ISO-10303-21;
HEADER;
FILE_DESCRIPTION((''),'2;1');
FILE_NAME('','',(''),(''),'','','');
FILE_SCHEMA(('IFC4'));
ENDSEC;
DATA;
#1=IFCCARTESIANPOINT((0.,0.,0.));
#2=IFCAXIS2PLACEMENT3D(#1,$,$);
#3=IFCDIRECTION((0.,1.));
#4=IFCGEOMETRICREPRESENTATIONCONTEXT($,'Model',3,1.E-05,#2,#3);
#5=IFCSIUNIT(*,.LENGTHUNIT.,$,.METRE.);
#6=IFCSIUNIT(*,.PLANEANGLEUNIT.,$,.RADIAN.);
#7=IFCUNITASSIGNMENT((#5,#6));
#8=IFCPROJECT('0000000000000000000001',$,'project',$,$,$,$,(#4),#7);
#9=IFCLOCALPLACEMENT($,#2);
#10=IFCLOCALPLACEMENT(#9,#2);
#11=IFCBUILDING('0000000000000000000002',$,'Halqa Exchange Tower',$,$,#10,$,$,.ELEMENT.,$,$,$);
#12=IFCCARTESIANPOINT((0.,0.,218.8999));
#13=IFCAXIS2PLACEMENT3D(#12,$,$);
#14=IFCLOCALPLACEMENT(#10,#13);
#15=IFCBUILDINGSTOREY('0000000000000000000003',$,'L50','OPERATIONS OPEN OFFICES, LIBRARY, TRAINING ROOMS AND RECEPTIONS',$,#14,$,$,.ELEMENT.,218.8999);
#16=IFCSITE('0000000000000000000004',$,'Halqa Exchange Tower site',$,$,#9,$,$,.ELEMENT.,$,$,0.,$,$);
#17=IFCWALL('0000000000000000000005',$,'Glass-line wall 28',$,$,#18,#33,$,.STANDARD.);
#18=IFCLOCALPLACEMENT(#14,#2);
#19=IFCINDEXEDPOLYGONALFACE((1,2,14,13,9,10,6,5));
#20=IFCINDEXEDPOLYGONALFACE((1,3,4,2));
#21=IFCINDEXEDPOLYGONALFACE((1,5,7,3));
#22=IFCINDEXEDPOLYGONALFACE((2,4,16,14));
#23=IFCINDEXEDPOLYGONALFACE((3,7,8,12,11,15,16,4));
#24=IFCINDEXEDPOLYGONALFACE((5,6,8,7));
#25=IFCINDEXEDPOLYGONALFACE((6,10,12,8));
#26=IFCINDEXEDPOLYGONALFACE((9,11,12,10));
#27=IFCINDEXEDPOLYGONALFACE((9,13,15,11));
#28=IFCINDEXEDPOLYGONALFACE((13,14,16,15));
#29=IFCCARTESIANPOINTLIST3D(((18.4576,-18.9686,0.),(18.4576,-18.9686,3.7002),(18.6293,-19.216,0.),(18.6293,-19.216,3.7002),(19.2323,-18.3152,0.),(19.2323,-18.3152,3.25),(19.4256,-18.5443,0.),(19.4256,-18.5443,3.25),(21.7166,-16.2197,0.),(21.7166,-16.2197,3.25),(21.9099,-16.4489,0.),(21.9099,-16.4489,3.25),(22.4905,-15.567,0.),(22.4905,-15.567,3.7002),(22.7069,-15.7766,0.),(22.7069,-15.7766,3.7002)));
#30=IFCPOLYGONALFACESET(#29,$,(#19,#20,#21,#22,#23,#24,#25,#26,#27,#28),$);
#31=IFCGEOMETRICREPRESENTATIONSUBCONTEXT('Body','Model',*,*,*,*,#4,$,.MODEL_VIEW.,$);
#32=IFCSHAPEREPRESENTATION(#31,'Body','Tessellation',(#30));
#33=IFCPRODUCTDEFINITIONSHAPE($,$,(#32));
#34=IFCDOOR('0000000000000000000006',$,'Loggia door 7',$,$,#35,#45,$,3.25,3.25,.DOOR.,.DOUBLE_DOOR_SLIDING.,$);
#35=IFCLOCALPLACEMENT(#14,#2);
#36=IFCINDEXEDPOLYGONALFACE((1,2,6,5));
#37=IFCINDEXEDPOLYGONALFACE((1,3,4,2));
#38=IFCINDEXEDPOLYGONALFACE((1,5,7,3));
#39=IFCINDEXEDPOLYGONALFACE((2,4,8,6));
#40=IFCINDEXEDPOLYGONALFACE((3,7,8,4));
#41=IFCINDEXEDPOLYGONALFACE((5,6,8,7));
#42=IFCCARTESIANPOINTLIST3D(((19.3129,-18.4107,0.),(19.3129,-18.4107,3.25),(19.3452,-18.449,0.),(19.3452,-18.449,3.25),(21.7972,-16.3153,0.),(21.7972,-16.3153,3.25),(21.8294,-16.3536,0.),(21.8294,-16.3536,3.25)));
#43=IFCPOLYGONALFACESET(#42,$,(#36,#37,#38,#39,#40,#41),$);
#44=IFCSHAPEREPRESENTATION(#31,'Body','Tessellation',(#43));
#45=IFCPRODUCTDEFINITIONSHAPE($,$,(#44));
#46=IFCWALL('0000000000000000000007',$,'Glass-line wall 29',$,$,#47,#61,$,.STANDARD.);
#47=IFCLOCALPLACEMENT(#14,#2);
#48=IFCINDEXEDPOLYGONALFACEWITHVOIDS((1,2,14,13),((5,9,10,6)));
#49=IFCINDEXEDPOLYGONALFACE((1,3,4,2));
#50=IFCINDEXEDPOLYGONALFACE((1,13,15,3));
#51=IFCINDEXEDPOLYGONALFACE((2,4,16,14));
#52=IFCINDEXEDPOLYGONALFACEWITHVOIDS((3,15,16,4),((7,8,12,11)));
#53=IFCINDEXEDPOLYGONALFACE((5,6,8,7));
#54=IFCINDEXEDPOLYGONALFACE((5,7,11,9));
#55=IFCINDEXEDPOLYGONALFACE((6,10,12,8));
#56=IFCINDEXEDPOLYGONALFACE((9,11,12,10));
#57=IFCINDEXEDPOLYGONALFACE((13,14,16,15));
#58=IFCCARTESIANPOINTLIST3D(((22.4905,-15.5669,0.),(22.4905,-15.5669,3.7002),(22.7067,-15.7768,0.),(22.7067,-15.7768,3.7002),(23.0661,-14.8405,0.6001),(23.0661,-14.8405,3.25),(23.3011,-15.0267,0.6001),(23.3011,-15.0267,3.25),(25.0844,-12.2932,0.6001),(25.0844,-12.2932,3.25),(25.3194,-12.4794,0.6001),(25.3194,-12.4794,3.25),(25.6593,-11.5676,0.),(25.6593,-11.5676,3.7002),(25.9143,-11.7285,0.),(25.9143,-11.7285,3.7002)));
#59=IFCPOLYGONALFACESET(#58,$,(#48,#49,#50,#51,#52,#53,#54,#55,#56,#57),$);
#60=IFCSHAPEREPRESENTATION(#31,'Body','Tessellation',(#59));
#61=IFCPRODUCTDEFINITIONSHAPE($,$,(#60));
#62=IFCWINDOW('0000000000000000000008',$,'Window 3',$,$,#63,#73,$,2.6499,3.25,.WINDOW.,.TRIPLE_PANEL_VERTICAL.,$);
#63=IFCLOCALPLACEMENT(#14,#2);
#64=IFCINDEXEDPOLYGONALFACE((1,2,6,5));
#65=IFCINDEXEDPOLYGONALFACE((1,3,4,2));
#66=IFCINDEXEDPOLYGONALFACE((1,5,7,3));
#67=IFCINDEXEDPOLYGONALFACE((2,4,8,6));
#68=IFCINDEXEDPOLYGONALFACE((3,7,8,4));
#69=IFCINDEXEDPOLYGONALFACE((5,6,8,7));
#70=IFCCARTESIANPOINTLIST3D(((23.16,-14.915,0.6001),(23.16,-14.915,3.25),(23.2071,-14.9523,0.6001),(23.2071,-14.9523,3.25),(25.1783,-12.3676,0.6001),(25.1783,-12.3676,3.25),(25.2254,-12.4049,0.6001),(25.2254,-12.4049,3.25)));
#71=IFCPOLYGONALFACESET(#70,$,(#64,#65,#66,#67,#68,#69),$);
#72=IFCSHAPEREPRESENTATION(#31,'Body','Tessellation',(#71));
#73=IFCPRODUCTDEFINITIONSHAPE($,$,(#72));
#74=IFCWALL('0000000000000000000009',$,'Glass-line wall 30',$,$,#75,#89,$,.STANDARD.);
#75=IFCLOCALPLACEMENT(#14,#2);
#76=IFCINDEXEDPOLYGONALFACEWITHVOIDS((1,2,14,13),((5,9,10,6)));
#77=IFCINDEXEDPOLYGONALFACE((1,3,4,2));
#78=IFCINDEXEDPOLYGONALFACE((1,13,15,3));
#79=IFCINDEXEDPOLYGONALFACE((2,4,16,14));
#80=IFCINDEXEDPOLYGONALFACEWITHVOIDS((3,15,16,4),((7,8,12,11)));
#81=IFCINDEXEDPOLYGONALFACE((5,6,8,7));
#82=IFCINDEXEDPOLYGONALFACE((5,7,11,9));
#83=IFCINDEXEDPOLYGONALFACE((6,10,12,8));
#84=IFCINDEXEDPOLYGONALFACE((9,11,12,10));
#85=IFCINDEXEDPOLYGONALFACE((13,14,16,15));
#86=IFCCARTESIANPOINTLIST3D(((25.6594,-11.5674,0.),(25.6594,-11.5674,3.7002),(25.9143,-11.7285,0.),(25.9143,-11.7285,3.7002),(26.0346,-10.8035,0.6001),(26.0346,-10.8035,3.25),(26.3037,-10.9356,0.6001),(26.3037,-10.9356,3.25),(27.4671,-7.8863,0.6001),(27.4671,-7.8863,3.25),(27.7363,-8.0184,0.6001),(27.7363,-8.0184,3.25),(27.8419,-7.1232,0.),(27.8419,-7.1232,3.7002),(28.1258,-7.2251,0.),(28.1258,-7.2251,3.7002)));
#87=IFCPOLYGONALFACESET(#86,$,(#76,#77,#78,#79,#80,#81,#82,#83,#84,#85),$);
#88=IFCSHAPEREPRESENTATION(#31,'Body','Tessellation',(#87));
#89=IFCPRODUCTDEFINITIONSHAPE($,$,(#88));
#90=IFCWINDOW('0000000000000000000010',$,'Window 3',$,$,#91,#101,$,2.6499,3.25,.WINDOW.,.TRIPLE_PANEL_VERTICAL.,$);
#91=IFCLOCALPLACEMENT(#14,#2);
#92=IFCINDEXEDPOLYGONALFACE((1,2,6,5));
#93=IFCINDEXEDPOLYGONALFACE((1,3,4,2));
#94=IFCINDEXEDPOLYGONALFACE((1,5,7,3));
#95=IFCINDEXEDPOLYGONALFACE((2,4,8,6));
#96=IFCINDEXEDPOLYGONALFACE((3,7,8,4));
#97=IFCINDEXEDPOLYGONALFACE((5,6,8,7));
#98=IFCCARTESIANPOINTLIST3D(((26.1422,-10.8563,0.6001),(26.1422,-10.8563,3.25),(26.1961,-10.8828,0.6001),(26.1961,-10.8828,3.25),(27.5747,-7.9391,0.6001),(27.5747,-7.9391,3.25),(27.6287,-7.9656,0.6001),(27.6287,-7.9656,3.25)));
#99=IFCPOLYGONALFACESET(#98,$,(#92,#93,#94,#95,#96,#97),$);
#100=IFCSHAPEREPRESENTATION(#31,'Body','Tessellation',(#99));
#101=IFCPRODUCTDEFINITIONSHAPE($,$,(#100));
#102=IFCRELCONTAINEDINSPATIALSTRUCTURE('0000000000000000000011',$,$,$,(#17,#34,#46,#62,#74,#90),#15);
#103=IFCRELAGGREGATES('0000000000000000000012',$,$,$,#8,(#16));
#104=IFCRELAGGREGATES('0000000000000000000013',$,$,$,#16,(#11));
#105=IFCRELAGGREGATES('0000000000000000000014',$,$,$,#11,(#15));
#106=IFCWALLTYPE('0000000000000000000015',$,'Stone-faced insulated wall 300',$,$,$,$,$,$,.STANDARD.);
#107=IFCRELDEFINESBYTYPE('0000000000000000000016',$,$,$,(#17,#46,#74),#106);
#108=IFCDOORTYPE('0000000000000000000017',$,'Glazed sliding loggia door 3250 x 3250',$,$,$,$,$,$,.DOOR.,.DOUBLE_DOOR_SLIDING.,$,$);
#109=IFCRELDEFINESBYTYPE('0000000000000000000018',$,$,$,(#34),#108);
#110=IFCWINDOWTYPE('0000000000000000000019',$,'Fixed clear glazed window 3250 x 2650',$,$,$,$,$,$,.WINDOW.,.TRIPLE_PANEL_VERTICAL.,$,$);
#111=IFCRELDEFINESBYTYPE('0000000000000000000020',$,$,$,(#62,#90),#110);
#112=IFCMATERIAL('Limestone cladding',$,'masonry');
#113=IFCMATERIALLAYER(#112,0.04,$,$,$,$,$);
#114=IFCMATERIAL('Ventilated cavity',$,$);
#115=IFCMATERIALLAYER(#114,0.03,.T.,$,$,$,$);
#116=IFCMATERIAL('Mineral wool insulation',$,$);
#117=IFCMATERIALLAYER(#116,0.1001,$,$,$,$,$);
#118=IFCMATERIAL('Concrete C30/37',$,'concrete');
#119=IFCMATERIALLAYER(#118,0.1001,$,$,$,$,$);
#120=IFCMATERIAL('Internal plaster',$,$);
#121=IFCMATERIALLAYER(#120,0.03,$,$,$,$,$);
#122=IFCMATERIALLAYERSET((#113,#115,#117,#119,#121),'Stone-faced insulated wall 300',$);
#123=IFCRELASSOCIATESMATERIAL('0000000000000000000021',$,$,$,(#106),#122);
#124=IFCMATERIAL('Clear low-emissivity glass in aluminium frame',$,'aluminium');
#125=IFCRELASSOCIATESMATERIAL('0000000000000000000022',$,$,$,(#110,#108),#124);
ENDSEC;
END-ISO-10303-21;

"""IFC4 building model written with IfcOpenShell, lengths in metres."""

from ifc_helpers import new_model, si_unit, direction, frame, frame_2d, origin, place, context, subcontext, project, spatial, polyline, rectangle, outline, extrude, material, layer, layer_set, type_object, element, fill, save


model = new_model("IFC4")

# Units and contexts
model_context = context("Model", 3, precision=1e-05, world=origin(), true_north=direction((0.0, 1.0)))
body_context = subcontext(model_context, "Body", "Model", "MODEL_VIEW")
ifc_project = project(units=[si_unit("LENGTHUNIT", "METRE"), si_unit("PLANEANGLEUNIT", "RADIAN")], contexts=[model_context])

# Site, building, storey
site_placement = place(None, origin())
site = spatial("IfcSite", under=ifc_project, at=site_placement, Name="Halqa Exchange Tower site", CompositionType="ELEMENT", RefElevation=0.0)
building_placement = place(site_placement, origin())
building = spatial("IfcBuilding", under=site, at=building_placement, Name="Halqa Exchange Tower", CompositionType="ELEMENT")
storey_placement = place(building_placement, frame((0.0, 0.0, 218.8999)))
storey = spatial("IfcBuildingStorey", under=building, at=storey_placement, Name="L50", Description="OPERATIONS OPEN OFFICES, LIBRARY, TRAINING ROOMS AND RECEPTIONS", CompositionType="ELEMENT", Elevation=218.8999)

# Shared definitions
ifc_material_1 = material(Name="Limestone cladding", Category="masonry")
ifc_layer_1 = layer(ifc_material_1, 0.04)
ifc_material_2 = material(Name="Ventilated cavity")
ifc_layer_2 = layer(ifc_material_2, 0.03, ventilated=True)
ifc_material_3 = material(Name="Mineral wool insulation")
ifc_layer_3 = layer(ifc_material_3, 0.1001)
ifc_material_4 = material(Name="Concrete C30/37", Category="concrete")
ifc_layer_4 = layer(ifc_material_4, 0.1001)
ifc_material_5 = material(Name="Internal plaster")
ifc_layer_5 = layer(ifc_material_5, 0.03)
ifc_layer_set_1 = layer_set([ifc_layer_1, ifc_layer_2, ifc_layer_3, ifc_layer_4, ifc_layer_5], Name="Stone-faced insulated wall 300")
wall_type_1 = type_object("IfcWallType", Name="Stone-faced insulated wall 300", PredefinedType="STANDARD", material=ifc_layer_set_1)
ifc_material_6 = material(Name="Clear low-emissivity glass in aluminium frame", Category="aluminium")
window_type = type_object("IfcWindowType", Name="Fixed clear glazed window 3250 x 2650", PartitioningType="TRIPLE_PANEL_VERTICAL", PredefinedType="WINDOW", material=ifc_material_6)

# Wall, opening, door
wall_1_placement = place(storey_placement, frame((18.5435, -19.0923, 0.0), z_axis=(0.0, 0.0, 1.0), x_axis=(0.764398, 0.644745, 0.0)))
wall_1 = element("IfcWall", 1, at=wall_1_placement, inside=storey, type_object=wall_type_1, Name="Glass-line wall 28", PredefinedType="STANDARD", context=body_context, shape_type="SweptSolid", body=[
    extrude(outline(polyline([(-0.0142, -0.1499), (5.3203, -0.1499), (5.29, 0.1499), (0.0142, 0.1499), (-0.0142, -0.1499)])), origin(), (0.0, 0.0, 1.0), 3.7002),
])
opening_1_placement = place(wall_1_placement, frame((1.0276, 0.0, 0.0)))
opening_1 = element("IfcOpeningElement", 2, at=opening_1_placement, cuts=wall_1, PredefinedType="OPENING", context=body_context, shape_type="SweptSolid", body=[
    extrude(rectangle(XDim=3.25, YDim=3.25, at=frame_2d((1.625, 1.625))), frame((0.0, 0.1621, 0.0), z_axis=(0.0, -1.0, 0.0), x_axis=(1.0, 0.0, 0.0)), (0.0, 0.0, 1.0), 0.324),
])
door_type = type_object("IfcDoorType", Name="Glazed sliding loggia door 3250 x 3250", OperationType="DOUBLE_DOOR_SLIDING", PredefinedType="DOOR", material=ifc_material_6)
door_placement = place(opening_1_placement, origin())
door = element("IfcDoor", 3, at=door_placement, inside=storey, type_object=door_type, Name="Loggia door 7", OperationType="DOUBLE_DOOR_SLIDING", OverallHeight=3.25, OverallWidth=3.25, PredefinedType="DOOR", context=body_context, shape_type="SweptSolid", body=[
    extrude(rectangle(XDim=3.25, YDim=3.25, at=frame_2d((1.625, 1.625))), frame((0.0, 0.0249, 0.0), z_axis=(0.0, -1.0, 0.0), x_axis=(1.0, 0.0, 0.0)), (0.0, 0.0, 1.0), 0.05),
])
fill(opening_1, door)

# Walls, openings, windows
wall_2_placement = place(storey_placement, frame((22.5986, -15.6719, 0.0), z_axis=(0.0, 0.0, 1.0), x_axis=(0.621017, 0.783797, 0.0)))
wall_2 = element("IfcWall", 4, at=wall_2_placement, inside=storey, type_object=wall_type_1, Name="Glass-line wall 29", PredefinedType="STANDARD", context=body_context, shape_type="SweptSolid", body=[
    extrude(outline(polyline([(-0.0151, -0.1499), (5.1499, -0.1499), (5.1177, 0.1499), (0.0151, 0.1499), (-0.0151, -0.1499)])), origin(), (0.0, 0.0, 1.0), 3.7002),
])
opening_2_placement = place(wall_2_placement, frame((0.9419, 0.0, 0.6001)))
opening_2 = element("IfcOpeningElement", 5, at=opening_2_placement, cuts=wall_2, PredefinedType="OPENING", context=body_context, shape_type="SweptSolid", body=[
    extrude(rectangle(XDim=3.25, YDim=2.6499, at=frame_2d((1.625, 1.325))), frame((0.0, 0.1621, 0.0), z_axis=(0.0, -1.0, 0.0), x_axis=(1.0, 0.0, 0.0)), (0.0, 0.0, 1.0), 0.324),
])
window_1_placement = place(opening_2_placement, origin())
window_1 = element("IfcWindow", 6, at=window_1_placement, inside=storey, type_object=window_type, Name="Window 3", OverallHeight=2.6499, OverallWidth=3.25, PartitioningType="TRIPLE_PANEL_VERTICAL", PredefinedType="WINDOW", context=body_context, shape_type="SweptSolid", body=[
    extrude(rectangle(XDim=3.25, YDim=2.6499, at=frame_2d((1.625, 1.325))), frame((0.0, 0.03, 0.0), z_axis=(0.0, -1.0, 0.0), x_axis=(1.0, 0.0, 0.0)), (0.0, 0.0, 1.0), 0.0601),
])
fill(opening_2, window_1)
wall_3_placement = place(storey_placement, frame((25.7869, -11.6479, 0.0), z_axis=(0.0, 0.0, 1.0), x_axis=(0.440795, 0.897608, 0.0)))
wall_3 = element("IfcWall", 7, at=wall_3_placement, inside=storey, type_object=wall_type_1, Name="Glass-line wall 30", PredefinedType="STANDARD", context=body_context, shape_type="SweptSolid", body=[
    extrude(outline(polyline([(-0.0161, -0.1499), (5.001, -0.1499), (4.9673, 0.1499), (0.0161, 0.1499), (-0.0161, -0.1499)])), origin(), (0.0, 0.0, 1.0), 3.7002),
])
opening_3_placement = place(wall_3_placement, frame((0.8672, 0.0, 0.6001)))
opening_3 = element("IfcOpeningElement", 8, at=opening_3_placement, cuts=wall_3, PredefinedType="OPENING", context=body_context, shape_type="SweptSolid", body=[
    extrude(rectangle(XDim=3.25, YDim=2.6499, at=frame_2d((1.625, 1.325))), frame((0.0, 0.1621, 0.0), z_axis=(0.0, -1.0, 0.0), x_axis=(1.0, 0.0, 0.0)), (0.0, 0.0, 1.0), 0.324),
])
window_2_placement = place(opening_3_placement, origin())
window_2 = element("IfcWindow", 9, at=window_2_placement, inside=storey, type_object=window_type, Name="Window 3", OverallHeight=2.6499, OverallWidth=3.25, PartitioningType="TRIPLE_PANEL_VERTICAL", PredefinedType="WINDOW", context=body_context, shape_type="SweptSolid", body=[
    extrude(rectangle(XDim=3.25, YDim=2.6499, at=frame_2d((1.625, 1.325))), frame((0.0, 0.03, 0.0), z_axis=(0.0, -1.0, 0.0), x_axis=(1.0, 0.0, 0.0)), (0.0, 0.0, 1.0), 0.0601),
])
fill(opening_3, window_2)

save(model, "model.ifc")
